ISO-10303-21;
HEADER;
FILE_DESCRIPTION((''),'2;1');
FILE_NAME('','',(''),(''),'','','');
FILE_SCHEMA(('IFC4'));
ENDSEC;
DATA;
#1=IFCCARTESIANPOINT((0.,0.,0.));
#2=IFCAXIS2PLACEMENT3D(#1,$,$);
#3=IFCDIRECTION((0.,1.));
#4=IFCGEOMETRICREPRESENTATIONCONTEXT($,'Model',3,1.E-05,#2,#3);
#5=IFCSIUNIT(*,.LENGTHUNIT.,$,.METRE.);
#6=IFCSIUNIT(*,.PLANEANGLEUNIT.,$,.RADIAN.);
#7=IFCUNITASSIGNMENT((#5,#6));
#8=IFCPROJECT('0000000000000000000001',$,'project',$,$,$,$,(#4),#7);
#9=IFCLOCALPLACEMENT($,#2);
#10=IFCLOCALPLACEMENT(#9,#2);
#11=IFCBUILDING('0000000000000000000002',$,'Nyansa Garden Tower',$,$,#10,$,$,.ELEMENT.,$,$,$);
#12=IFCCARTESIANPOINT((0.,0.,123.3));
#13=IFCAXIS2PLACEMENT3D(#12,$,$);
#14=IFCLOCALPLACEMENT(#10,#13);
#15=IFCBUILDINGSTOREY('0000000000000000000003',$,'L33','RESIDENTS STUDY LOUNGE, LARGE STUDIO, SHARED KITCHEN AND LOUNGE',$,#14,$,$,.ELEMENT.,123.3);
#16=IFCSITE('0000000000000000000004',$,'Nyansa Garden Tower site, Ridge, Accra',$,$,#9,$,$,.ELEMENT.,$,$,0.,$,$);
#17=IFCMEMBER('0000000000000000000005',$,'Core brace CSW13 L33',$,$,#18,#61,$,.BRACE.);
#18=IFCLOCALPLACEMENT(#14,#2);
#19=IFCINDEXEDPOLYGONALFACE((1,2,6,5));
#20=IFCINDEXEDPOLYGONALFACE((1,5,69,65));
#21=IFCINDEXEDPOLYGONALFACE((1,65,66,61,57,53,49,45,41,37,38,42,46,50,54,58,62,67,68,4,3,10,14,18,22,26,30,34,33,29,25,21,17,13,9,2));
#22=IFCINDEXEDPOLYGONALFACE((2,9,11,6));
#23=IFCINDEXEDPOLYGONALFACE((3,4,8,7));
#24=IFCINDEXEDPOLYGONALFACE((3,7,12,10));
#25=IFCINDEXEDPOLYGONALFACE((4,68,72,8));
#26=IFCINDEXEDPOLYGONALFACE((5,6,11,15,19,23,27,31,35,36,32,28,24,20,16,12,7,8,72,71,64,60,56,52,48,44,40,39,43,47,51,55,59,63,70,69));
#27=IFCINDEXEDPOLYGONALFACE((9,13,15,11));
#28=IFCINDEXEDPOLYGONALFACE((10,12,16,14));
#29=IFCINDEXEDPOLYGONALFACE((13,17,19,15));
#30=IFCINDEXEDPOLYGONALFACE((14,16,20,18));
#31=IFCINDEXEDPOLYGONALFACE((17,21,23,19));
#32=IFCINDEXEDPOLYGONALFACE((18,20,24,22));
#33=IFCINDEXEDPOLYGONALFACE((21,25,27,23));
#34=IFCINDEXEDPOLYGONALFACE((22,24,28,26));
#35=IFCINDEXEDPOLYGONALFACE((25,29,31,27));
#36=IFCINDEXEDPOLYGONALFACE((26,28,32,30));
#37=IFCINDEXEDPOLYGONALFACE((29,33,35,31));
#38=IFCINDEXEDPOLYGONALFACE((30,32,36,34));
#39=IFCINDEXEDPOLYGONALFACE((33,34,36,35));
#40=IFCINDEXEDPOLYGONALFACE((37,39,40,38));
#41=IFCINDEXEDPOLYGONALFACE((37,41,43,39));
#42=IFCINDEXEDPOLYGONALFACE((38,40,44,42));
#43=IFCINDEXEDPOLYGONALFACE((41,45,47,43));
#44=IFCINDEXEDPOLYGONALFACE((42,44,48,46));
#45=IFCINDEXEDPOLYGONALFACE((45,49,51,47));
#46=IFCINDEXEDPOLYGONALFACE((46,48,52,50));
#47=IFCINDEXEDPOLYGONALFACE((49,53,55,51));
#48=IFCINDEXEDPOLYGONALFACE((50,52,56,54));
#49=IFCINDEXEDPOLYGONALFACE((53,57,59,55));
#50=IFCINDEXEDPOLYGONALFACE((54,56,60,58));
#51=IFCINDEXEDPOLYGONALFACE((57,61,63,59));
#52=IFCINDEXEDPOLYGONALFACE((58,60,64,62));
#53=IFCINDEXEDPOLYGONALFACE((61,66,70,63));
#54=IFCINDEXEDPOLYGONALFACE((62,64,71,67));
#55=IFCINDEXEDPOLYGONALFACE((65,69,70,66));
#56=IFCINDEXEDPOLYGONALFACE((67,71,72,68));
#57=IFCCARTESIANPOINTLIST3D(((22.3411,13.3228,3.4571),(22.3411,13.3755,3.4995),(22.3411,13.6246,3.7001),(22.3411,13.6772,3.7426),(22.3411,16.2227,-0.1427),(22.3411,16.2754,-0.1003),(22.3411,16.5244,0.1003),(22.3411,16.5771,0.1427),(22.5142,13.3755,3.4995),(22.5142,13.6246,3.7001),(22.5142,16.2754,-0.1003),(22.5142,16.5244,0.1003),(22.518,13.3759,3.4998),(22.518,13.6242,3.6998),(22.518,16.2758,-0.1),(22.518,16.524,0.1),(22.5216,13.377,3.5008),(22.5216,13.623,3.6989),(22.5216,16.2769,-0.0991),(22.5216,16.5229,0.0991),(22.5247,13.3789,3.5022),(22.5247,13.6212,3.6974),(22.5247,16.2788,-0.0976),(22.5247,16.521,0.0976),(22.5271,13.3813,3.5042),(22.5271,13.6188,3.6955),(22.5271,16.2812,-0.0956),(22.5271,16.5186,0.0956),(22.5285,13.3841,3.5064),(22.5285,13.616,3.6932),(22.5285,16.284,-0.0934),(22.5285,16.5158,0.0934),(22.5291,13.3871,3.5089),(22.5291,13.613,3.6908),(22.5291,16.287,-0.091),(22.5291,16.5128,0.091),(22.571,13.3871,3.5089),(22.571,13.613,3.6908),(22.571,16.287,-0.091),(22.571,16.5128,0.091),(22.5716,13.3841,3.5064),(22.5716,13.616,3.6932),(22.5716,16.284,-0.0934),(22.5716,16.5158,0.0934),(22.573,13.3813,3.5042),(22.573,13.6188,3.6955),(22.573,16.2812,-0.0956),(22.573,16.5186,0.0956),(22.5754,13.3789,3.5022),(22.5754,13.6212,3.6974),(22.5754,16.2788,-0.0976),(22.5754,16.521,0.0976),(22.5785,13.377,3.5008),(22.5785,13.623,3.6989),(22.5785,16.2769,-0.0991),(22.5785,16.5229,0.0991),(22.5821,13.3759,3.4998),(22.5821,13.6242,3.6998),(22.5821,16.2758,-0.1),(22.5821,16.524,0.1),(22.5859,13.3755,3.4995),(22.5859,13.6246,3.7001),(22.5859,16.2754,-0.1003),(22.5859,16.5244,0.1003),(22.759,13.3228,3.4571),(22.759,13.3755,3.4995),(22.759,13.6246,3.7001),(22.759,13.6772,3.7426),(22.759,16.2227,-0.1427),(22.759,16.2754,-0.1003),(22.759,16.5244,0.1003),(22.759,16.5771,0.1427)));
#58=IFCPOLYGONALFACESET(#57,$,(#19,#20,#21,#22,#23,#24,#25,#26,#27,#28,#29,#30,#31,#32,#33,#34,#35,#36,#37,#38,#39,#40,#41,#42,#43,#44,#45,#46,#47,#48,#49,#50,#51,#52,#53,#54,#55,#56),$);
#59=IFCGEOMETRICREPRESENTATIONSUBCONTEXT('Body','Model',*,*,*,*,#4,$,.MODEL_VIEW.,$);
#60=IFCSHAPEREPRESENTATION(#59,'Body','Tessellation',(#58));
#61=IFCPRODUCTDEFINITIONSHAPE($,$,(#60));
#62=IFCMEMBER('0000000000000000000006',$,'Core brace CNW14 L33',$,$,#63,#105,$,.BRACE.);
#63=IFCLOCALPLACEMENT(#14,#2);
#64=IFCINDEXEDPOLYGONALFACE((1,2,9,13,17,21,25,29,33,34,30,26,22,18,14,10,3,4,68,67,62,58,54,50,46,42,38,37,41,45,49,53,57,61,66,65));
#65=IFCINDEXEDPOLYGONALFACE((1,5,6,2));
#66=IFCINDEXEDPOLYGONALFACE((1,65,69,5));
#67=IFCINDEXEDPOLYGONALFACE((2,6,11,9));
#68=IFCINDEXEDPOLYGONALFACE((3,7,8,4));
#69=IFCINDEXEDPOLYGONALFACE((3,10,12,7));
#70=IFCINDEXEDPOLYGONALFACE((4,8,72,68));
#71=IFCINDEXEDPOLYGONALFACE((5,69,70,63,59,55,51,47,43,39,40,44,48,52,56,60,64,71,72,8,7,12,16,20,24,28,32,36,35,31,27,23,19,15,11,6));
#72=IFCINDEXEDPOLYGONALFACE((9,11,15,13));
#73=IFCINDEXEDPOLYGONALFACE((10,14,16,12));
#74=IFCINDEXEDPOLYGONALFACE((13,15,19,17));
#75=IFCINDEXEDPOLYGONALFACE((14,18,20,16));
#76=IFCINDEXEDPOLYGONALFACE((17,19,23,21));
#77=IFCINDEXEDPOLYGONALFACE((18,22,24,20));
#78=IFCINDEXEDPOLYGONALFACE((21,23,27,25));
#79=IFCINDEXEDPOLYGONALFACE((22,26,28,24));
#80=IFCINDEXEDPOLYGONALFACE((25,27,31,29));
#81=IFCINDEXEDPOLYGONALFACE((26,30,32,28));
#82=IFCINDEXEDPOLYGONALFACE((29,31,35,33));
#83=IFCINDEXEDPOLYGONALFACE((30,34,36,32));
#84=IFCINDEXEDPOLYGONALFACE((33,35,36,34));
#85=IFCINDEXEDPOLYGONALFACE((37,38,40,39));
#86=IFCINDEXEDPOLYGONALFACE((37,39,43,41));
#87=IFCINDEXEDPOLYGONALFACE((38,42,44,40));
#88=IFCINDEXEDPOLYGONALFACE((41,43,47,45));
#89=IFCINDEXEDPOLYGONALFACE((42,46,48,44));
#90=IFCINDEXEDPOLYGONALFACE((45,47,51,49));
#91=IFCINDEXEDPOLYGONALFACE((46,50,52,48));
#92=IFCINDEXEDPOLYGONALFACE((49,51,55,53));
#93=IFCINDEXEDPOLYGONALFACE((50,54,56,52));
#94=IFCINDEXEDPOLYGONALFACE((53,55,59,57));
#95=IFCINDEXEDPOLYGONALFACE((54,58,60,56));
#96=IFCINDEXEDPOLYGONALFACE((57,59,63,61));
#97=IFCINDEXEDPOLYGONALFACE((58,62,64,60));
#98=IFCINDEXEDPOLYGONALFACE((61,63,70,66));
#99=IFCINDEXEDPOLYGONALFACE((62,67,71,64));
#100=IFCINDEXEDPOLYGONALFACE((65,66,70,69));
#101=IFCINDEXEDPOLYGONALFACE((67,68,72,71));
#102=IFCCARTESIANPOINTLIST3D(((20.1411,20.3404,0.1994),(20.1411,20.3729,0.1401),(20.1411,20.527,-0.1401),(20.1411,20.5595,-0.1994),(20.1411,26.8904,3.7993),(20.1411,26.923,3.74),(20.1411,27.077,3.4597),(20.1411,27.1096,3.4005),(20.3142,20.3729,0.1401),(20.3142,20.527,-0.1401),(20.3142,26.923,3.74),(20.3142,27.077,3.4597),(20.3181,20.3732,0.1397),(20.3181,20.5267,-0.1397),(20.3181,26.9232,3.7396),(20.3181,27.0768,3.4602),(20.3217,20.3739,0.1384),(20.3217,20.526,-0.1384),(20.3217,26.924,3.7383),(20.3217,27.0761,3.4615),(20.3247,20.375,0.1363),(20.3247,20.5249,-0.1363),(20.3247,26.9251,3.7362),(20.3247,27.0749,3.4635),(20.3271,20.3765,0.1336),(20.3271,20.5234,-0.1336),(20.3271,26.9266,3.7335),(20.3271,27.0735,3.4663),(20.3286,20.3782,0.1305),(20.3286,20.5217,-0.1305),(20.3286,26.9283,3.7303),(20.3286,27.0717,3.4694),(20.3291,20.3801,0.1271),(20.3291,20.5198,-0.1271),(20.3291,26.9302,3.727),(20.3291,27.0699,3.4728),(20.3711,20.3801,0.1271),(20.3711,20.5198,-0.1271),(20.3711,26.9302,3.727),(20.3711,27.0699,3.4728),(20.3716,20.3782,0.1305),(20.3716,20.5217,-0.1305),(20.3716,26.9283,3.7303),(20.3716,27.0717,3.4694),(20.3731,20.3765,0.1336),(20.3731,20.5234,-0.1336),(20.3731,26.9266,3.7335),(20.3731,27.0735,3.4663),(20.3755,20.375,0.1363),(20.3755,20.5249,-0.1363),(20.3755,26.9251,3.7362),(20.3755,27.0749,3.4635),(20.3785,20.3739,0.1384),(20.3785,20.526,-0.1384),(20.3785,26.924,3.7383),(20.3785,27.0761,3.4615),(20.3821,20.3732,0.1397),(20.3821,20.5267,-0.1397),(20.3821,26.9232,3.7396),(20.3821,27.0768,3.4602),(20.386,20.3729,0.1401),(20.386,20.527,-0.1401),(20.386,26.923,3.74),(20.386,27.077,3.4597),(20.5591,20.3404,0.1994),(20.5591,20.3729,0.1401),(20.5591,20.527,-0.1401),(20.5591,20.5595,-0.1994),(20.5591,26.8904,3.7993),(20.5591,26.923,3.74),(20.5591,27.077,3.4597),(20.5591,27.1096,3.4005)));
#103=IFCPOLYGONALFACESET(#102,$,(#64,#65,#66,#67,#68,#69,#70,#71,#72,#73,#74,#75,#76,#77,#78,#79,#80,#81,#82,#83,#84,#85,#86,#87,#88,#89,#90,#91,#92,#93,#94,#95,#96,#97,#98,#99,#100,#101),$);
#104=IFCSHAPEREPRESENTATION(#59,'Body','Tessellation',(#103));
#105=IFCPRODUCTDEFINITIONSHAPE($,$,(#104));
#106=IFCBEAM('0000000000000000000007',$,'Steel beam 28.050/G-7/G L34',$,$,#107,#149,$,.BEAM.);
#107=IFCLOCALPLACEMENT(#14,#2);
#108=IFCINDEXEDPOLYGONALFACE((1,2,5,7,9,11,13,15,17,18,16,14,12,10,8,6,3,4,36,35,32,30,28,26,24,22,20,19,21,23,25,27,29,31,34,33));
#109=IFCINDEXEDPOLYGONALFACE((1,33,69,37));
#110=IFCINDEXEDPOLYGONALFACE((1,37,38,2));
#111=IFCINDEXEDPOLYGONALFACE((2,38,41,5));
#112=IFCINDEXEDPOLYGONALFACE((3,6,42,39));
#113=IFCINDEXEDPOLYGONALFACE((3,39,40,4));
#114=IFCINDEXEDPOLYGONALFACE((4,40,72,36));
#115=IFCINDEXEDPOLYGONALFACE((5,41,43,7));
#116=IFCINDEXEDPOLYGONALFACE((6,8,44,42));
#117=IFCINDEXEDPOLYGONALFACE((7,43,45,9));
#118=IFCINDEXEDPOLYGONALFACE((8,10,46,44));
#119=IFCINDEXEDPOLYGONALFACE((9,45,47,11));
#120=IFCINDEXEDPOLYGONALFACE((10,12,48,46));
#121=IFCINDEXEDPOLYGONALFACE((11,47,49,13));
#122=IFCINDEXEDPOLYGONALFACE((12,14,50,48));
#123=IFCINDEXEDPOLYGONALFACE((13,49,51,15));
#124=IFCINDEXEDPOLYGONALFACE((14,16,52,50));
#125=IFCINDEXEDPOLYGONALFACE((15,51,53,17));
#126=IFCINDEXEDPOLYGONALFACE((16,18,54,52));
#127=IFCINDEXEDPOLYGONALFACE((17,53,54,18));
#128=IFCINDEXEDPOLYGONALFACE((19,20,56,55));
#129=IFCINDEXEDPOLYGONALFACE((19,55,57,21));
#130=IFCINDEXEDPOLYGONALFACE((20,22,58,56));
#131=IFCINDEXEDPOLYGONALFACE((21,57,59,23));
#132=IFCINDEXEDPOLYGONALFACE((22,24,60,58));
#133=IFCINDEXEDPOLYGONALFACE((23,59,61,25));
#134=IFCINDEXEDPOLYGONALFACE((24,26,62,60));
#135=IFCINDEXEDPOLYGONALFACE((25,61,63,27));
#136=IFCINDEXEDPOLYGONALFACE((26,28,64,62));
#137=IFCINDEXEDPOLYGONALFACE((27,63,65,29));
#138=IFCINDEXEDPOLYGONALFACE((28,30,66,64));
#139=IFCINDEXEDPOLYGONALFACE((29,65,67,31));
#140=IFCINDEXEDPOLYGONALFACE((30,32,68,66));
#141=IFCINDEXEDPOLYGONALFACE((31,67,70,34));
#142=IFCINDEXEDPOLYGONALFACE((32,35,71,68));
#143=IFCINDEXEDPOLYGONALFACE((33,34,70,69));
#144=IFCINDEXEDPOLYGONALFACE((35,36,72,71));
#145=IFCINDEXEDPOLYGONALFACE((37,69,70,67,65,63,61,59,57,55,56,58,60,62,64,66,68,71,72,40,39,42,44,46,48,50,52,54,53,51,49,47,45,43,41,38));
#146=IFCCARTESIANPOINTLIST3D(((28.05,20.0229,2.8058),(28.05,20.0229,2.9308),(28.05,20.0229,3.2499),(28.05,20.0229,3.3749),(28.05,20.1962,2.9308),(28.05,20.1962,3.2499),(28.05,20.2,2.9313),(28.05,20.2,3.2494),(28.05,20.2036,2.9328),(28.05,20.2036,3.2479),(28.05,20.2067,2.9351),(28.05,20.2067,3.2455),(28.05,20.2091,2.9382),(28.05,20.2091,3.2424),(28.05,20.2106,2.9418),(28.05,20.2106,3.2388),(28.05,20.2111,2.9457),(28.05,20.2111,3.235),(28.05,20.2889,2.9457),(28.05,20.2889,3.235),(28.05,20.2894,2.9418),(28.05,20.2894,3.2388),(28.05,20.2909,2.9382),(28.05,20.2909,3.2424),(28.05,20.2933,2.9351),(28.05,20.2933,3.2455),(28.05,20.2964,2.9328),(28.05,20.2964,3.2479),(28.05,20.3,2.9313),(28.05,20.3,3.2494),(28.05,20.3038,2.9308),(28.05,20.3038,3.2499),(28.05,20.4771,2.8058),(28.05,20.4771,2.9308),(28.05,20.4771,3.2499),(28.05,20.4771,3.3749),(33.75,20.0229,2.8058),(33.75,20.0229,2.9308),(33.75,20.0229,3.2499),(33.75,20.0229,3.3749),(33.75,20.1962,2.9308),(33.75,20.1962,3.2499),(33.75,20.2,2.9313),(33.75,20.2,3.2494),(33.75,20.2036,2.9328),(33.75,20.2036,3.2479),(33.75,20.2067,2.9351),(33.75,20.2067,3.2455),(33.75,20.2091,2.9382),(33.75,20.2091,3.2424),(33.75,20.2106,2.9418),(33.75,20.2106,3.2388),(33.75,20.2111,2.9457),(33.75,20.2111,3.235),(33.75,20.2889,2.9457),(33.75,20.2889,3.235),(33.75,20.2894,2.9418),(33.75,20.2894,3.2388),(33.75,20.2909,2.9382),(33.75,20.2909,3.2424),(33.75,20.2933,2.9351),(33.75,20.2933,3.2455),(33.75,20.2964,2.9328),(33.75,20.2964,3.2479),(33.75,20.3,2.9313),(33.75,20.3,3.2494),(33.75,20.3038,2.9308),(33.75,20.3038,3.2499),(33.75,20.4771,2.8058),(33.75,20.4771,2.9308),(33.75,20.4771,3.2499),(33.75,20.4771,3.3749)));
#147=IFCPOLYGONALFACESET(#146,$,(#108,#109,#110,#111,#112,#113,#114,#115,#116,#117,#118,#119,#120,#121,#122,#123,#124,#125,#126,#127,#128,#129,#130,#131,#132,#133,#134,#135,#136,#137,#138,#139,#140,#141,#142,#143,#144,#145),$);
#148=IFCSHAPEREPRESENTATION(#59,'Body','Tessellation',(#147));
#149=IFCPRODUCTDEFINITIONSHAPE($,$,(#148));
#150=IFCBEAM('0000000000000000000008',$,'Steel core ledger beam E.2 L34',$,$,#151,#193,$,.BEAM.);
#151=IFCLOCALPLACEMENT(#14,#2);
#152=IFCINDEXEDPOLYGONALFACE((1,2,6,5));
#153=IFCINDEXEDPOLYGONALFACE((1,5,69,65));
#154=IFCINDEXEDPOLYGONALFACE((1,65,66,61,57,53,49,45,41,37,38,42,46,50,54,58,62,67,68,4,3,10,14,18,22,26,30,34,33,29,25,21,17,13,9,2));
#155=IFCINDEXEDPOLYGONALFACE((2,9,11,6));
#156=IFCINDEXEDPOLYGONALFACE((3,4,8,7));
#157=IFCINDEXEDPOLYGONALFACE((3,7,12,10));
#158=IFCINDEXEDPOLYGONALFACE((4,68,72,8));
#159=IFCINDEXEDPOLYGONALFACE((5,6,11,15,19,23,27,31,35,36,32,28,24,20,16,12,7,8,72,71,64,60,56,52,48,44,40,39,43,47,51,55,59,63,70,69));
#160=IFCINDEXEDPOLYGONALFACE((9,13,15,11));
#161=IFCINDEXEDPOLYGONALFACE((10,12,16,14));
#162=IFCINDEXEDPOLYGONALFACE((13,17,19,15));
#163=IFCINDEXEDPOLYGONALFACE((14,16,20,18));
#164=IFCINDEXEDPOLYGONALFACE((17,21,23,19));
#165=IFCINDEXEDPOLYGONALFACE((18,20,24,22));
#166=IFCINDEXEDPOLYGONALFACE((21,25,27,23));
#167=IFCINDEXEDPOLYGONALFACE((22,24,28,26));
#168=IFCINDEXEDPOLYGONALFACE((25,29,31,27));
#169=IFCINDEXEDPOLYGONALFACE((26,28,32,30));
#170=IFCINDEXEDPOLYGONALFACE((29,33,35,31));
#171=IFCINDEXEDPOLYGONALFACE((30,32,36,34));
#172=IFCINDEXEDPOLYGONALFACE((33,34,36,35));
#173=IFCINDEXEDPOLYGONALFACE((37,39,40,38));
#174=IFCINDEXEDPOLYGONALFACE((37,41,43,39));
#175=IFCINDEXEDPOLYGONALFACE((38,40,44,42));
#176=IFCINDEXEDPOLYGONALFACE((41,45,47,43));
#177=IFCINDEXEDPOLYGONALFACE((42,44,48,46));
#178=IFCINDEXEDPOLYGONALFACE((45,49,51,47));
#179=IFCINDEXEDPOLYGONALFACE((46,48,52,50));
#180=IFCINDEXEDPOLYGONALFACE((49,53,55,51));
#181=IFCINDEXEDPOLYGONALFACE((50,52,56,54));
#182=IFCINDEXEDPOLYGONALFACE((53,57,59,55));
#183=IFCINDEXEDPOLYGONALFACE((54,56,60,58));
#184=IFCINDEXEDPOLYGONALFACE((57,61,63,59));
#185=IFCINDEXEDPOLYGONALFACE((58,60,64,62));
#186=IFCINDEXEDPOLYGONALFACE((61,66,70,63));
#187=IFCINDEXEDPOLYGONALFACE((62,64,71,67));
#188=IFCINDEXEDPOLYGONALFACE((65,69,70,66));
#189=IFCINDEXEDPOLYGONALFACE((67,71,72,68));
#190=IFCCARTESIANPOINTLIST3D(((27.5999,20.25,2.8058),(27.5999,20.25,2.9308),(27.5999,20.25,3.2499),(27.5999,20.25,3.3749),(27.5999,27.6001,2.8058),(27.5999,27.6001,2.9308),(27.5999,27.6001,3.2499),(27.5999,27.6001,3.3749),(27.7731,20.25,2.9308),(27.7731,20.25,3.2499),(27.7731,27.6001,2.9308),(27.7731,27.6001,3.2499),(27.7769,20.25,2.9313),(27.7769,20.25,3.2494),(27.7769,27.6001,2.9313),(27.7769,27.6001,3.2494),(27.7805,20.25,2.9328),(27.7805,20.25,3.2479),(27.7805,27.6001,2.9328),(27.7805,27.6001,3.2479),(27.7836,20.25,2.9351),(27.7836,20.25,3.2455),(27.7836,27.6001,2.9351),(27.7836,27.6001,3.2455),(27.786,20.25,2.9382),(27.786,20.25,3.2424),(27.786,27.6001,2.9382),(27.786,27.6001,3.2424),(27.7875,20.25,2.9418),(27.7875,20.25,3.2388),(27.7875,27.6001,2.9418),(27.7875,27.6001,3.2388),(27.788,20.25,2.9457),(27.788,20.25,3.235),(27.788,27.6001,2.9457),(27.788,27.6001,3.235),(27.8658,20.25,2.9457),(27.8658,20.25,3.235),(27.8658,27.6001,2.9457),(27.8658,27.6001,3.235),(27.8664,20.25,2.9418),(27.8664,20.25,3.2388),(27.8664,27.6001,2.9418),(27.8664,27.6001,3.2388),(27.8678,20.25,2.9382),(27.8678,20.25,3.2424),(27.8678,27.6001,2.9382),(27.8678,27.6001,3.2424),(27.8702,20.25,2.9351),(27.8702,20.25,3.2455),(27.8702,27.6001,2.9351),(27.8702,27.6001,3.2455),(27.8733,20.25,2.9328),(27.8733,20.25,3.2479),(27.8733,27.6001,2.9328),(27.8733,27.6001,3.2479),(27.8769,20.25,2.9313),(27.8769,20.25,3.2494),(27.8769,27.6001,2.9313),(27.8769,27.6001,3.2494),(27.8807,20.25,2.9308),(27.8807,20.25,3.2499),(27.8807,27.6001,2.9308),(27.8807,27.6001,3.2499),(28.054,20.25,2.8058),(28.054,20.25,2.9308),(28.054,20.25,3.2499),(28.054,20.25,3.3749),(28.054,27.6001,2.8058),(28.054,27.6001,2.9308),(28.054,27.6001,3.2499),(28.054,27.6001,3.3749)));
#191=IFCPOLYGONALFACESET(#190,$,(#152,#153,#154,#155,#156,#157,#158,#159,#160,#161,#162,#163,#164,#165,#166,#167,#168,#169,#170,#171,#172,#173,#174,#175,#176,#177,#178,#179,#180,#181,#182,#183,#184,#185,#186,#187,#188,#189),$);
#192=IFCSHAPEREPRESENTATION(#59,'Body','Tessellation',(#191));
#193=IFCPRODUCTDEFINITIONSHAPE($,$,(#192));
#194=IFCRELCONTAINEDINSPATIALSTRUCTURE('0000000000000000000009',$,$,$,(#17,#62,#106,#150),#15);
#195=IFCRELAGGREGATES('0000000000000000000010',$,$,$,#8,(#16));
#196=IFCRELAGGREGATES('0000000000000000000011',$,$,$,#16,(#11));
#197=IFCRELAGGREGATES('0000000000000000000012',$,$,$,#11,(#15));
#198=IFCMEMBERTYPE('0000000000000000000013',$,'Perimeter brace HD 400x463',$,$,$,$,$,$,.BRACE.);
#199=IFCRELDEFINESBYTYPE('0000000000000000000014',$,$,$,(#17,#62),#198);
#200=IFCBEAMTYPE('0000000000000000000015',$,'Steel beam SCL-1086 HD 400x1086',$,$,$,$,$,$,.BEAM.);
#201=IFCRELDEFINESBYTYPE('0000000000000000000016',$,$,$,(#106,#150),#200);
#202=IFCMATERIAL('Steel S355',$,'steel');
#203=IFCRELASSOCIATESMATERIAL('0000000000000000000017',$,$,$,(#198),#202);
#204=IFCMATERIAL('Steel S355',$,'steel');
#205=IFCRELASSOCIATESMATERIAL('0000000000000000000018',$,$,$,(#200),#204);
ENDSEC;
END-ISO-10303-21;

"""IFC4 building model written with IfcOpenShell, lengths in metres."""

from ifc_helpers import new_model, si_unit, direction, frame, origin, origin_2d, place, context, subcontext, project, spatial, i_section, extrude, material, material_profile, profile_set, type_object, element, save


model = new_model("IFC4")

# Units and contexts
model_context = context("Model", 3, precision=1e-05, world=origin(), true_north=direction((0.0, 1.0)))
body_context = subcontext(model_context, "Body", "Model", "MODEL_VIEW")
ifc_project = project(units=[si_unit("LENGTHUNIT", "METRE"), si_unit("PLANEANGLEUNIT", "RADIAN")], contexts=[model_context])

# Site, building, storey
site_placement = place(None, origin())
site = spatial("IfcSite", under=ifc_project, at=site_placement, Name="Nyansa Garden Tower site, Ridge, Accra", CompositionType="ELEMENT", RefElevation=0.0)
building_placement = place(site_placement, origin())
building = spatial("IfcBuilding", under=site, at=building_placement, Name="Nyansa Garden Tower", CompositionType="ELEMENT")
storey_placement = place(building_placement, frame((0.0, 0.0, 123.3)))
storey = spatial("IfcBuildingStorey", under=building, at=storey_placement, Name="L33", Description="RESIDENTS STUDY LOUNGE, LARGE STUDIO, SHARED KITCHEN AND LOUNGE", CompositionType="ELEMENT", Elevation=123.3)

# Members
ifc_material_1 = material(Name="Steel S355", Category="steel")
ifc_material_profile_1 = material_profile(ifc_material_1, i_section(OverallWidth=0.418, OverallDepth=0.4551, WebThickness=0.042, FlangeThickness=0.0676, FilletRadius=0.0149, at=origin_2d()), Name="HD 400x463")
ifc_profile_set_1 = profile_set([ifc_material_profile_1], Name="Steel S355")
member_type = type_object("IfcMemberType", Name="Perimeter brace HD 400x463", PredefinedType="BRACE", material=ifc_profile_set_1)
member_1_placement = place(storey_placement, frame((22.55, 16.3999, 0.0), z_axis=(0.0, -0.627332, 0.778752), x_axis=(1.0, 0.0, 0.0)))
element("IfcMember", 1, at=member_1_placement, inside=storey, type_object=member_type, Name="Core brace CSW13 L33", PredefinedType="BRACE", context=body_context, shape_type="SweptSolid", body=[
    extrude(i_section(OverallWidth=0.418, OverallDepth=0.4551, WebThickness=0.042, FlangeThickness=0.0676, FilletRadius=0.0149, at=origin_2d()), origin(), (0.0, 0.0, 1.0), 4.6226),
])
member_2_placement = place(storey_placement, frame((20.3501, 20.45, 0.0), z_axis=(0.0, 0.876367, 0.481644), x_axis=(-1.0, 0.0, 0.0)))
element("IfcMember", 2, at=member_2_placement, inside=storey, type_object=member_type, Name="Core brace CNW14 L33", PredefinedType="BRACE", context=body_context, shape_type="SweptSolid", body=[
    extrude(i_section(OverallWidth=0.418, OverallDepth=0.4551, WebThickness=0.042, FlangeThickness=0.0676, FilletRadius=0.0149, at=origin_2d()), origin(), (0.0, 0.0, 1.0), 7.4741),
])

# Beams
ifc_material_2 = material(Name="Steel S355", Category="steel")
ifc_material_profile_2 = material_profile(ifc_material_2, i_section(OverallWidth=0.4541, OverallDepth=0.5691, WebThickness=0.0779, FlangeThickness=0.125, FilletRadius=0.0149, at=origin_2d()), Name="HD 400x1086")
ifc_profile_set_2 = profile_set([ifc_material_profile_2], Name="Steel S355")
beam_type_1 = type_object("IfcBeamType", Name="Steel beam SCL-1086 HD 400x1086", PredefinedType="BEAM", material=ifc_profile_set_2)
beam_1_placement = place(storey_placement, frame((28.05, 20.25, 3.0903), z_axis=(1.0, 0.0, 0.0), x_axis=(0.0, 1.0, 0.0)))
element("IfcBeam", 3, at=beam_1_placement, inside=storey, type_object=beam_type_1, Name="Steel beam 28.050/G-7/G L34", PredefinedType="BEAM", context=body_context, shape_type="SweptSolid", body=[
    extrude(i_section(OverallWidth=0.4541, OverallDepth=0.5691, WebThickness=0.0779, FlangeThickness=0.125, FilletRadius=0.0149, at=origin_2d()), origin(), (0.0, 0.0, 1.0), 5.7),
])
beam_2_placement = place(storey_placement, frame((27.8269, 20.25, 3.0903), z_axis=(0.0, 1.0, 0.0), x_axis=(-1.0, 0.0, 0.0)))
element("IfcBeam", 4, at=beam_2_placement, inside=storey, type_object=beam_type_1, Name="Steel core ledger beam E.2 L34", PredefinedType="BEAM", context=body_context, shape_type="SweptSolid", body=[
    extrude(i_section(OverallWidth=0.4541, OverallDepth=0.5691, WebThickness=0.0779, FlangeThickness=0.125, FilletRadius=0.0149, at=origin_2d()), origin(), (0.0, 0.0, 1.0), 7.3501),
])

save(model, "model.ifc")
